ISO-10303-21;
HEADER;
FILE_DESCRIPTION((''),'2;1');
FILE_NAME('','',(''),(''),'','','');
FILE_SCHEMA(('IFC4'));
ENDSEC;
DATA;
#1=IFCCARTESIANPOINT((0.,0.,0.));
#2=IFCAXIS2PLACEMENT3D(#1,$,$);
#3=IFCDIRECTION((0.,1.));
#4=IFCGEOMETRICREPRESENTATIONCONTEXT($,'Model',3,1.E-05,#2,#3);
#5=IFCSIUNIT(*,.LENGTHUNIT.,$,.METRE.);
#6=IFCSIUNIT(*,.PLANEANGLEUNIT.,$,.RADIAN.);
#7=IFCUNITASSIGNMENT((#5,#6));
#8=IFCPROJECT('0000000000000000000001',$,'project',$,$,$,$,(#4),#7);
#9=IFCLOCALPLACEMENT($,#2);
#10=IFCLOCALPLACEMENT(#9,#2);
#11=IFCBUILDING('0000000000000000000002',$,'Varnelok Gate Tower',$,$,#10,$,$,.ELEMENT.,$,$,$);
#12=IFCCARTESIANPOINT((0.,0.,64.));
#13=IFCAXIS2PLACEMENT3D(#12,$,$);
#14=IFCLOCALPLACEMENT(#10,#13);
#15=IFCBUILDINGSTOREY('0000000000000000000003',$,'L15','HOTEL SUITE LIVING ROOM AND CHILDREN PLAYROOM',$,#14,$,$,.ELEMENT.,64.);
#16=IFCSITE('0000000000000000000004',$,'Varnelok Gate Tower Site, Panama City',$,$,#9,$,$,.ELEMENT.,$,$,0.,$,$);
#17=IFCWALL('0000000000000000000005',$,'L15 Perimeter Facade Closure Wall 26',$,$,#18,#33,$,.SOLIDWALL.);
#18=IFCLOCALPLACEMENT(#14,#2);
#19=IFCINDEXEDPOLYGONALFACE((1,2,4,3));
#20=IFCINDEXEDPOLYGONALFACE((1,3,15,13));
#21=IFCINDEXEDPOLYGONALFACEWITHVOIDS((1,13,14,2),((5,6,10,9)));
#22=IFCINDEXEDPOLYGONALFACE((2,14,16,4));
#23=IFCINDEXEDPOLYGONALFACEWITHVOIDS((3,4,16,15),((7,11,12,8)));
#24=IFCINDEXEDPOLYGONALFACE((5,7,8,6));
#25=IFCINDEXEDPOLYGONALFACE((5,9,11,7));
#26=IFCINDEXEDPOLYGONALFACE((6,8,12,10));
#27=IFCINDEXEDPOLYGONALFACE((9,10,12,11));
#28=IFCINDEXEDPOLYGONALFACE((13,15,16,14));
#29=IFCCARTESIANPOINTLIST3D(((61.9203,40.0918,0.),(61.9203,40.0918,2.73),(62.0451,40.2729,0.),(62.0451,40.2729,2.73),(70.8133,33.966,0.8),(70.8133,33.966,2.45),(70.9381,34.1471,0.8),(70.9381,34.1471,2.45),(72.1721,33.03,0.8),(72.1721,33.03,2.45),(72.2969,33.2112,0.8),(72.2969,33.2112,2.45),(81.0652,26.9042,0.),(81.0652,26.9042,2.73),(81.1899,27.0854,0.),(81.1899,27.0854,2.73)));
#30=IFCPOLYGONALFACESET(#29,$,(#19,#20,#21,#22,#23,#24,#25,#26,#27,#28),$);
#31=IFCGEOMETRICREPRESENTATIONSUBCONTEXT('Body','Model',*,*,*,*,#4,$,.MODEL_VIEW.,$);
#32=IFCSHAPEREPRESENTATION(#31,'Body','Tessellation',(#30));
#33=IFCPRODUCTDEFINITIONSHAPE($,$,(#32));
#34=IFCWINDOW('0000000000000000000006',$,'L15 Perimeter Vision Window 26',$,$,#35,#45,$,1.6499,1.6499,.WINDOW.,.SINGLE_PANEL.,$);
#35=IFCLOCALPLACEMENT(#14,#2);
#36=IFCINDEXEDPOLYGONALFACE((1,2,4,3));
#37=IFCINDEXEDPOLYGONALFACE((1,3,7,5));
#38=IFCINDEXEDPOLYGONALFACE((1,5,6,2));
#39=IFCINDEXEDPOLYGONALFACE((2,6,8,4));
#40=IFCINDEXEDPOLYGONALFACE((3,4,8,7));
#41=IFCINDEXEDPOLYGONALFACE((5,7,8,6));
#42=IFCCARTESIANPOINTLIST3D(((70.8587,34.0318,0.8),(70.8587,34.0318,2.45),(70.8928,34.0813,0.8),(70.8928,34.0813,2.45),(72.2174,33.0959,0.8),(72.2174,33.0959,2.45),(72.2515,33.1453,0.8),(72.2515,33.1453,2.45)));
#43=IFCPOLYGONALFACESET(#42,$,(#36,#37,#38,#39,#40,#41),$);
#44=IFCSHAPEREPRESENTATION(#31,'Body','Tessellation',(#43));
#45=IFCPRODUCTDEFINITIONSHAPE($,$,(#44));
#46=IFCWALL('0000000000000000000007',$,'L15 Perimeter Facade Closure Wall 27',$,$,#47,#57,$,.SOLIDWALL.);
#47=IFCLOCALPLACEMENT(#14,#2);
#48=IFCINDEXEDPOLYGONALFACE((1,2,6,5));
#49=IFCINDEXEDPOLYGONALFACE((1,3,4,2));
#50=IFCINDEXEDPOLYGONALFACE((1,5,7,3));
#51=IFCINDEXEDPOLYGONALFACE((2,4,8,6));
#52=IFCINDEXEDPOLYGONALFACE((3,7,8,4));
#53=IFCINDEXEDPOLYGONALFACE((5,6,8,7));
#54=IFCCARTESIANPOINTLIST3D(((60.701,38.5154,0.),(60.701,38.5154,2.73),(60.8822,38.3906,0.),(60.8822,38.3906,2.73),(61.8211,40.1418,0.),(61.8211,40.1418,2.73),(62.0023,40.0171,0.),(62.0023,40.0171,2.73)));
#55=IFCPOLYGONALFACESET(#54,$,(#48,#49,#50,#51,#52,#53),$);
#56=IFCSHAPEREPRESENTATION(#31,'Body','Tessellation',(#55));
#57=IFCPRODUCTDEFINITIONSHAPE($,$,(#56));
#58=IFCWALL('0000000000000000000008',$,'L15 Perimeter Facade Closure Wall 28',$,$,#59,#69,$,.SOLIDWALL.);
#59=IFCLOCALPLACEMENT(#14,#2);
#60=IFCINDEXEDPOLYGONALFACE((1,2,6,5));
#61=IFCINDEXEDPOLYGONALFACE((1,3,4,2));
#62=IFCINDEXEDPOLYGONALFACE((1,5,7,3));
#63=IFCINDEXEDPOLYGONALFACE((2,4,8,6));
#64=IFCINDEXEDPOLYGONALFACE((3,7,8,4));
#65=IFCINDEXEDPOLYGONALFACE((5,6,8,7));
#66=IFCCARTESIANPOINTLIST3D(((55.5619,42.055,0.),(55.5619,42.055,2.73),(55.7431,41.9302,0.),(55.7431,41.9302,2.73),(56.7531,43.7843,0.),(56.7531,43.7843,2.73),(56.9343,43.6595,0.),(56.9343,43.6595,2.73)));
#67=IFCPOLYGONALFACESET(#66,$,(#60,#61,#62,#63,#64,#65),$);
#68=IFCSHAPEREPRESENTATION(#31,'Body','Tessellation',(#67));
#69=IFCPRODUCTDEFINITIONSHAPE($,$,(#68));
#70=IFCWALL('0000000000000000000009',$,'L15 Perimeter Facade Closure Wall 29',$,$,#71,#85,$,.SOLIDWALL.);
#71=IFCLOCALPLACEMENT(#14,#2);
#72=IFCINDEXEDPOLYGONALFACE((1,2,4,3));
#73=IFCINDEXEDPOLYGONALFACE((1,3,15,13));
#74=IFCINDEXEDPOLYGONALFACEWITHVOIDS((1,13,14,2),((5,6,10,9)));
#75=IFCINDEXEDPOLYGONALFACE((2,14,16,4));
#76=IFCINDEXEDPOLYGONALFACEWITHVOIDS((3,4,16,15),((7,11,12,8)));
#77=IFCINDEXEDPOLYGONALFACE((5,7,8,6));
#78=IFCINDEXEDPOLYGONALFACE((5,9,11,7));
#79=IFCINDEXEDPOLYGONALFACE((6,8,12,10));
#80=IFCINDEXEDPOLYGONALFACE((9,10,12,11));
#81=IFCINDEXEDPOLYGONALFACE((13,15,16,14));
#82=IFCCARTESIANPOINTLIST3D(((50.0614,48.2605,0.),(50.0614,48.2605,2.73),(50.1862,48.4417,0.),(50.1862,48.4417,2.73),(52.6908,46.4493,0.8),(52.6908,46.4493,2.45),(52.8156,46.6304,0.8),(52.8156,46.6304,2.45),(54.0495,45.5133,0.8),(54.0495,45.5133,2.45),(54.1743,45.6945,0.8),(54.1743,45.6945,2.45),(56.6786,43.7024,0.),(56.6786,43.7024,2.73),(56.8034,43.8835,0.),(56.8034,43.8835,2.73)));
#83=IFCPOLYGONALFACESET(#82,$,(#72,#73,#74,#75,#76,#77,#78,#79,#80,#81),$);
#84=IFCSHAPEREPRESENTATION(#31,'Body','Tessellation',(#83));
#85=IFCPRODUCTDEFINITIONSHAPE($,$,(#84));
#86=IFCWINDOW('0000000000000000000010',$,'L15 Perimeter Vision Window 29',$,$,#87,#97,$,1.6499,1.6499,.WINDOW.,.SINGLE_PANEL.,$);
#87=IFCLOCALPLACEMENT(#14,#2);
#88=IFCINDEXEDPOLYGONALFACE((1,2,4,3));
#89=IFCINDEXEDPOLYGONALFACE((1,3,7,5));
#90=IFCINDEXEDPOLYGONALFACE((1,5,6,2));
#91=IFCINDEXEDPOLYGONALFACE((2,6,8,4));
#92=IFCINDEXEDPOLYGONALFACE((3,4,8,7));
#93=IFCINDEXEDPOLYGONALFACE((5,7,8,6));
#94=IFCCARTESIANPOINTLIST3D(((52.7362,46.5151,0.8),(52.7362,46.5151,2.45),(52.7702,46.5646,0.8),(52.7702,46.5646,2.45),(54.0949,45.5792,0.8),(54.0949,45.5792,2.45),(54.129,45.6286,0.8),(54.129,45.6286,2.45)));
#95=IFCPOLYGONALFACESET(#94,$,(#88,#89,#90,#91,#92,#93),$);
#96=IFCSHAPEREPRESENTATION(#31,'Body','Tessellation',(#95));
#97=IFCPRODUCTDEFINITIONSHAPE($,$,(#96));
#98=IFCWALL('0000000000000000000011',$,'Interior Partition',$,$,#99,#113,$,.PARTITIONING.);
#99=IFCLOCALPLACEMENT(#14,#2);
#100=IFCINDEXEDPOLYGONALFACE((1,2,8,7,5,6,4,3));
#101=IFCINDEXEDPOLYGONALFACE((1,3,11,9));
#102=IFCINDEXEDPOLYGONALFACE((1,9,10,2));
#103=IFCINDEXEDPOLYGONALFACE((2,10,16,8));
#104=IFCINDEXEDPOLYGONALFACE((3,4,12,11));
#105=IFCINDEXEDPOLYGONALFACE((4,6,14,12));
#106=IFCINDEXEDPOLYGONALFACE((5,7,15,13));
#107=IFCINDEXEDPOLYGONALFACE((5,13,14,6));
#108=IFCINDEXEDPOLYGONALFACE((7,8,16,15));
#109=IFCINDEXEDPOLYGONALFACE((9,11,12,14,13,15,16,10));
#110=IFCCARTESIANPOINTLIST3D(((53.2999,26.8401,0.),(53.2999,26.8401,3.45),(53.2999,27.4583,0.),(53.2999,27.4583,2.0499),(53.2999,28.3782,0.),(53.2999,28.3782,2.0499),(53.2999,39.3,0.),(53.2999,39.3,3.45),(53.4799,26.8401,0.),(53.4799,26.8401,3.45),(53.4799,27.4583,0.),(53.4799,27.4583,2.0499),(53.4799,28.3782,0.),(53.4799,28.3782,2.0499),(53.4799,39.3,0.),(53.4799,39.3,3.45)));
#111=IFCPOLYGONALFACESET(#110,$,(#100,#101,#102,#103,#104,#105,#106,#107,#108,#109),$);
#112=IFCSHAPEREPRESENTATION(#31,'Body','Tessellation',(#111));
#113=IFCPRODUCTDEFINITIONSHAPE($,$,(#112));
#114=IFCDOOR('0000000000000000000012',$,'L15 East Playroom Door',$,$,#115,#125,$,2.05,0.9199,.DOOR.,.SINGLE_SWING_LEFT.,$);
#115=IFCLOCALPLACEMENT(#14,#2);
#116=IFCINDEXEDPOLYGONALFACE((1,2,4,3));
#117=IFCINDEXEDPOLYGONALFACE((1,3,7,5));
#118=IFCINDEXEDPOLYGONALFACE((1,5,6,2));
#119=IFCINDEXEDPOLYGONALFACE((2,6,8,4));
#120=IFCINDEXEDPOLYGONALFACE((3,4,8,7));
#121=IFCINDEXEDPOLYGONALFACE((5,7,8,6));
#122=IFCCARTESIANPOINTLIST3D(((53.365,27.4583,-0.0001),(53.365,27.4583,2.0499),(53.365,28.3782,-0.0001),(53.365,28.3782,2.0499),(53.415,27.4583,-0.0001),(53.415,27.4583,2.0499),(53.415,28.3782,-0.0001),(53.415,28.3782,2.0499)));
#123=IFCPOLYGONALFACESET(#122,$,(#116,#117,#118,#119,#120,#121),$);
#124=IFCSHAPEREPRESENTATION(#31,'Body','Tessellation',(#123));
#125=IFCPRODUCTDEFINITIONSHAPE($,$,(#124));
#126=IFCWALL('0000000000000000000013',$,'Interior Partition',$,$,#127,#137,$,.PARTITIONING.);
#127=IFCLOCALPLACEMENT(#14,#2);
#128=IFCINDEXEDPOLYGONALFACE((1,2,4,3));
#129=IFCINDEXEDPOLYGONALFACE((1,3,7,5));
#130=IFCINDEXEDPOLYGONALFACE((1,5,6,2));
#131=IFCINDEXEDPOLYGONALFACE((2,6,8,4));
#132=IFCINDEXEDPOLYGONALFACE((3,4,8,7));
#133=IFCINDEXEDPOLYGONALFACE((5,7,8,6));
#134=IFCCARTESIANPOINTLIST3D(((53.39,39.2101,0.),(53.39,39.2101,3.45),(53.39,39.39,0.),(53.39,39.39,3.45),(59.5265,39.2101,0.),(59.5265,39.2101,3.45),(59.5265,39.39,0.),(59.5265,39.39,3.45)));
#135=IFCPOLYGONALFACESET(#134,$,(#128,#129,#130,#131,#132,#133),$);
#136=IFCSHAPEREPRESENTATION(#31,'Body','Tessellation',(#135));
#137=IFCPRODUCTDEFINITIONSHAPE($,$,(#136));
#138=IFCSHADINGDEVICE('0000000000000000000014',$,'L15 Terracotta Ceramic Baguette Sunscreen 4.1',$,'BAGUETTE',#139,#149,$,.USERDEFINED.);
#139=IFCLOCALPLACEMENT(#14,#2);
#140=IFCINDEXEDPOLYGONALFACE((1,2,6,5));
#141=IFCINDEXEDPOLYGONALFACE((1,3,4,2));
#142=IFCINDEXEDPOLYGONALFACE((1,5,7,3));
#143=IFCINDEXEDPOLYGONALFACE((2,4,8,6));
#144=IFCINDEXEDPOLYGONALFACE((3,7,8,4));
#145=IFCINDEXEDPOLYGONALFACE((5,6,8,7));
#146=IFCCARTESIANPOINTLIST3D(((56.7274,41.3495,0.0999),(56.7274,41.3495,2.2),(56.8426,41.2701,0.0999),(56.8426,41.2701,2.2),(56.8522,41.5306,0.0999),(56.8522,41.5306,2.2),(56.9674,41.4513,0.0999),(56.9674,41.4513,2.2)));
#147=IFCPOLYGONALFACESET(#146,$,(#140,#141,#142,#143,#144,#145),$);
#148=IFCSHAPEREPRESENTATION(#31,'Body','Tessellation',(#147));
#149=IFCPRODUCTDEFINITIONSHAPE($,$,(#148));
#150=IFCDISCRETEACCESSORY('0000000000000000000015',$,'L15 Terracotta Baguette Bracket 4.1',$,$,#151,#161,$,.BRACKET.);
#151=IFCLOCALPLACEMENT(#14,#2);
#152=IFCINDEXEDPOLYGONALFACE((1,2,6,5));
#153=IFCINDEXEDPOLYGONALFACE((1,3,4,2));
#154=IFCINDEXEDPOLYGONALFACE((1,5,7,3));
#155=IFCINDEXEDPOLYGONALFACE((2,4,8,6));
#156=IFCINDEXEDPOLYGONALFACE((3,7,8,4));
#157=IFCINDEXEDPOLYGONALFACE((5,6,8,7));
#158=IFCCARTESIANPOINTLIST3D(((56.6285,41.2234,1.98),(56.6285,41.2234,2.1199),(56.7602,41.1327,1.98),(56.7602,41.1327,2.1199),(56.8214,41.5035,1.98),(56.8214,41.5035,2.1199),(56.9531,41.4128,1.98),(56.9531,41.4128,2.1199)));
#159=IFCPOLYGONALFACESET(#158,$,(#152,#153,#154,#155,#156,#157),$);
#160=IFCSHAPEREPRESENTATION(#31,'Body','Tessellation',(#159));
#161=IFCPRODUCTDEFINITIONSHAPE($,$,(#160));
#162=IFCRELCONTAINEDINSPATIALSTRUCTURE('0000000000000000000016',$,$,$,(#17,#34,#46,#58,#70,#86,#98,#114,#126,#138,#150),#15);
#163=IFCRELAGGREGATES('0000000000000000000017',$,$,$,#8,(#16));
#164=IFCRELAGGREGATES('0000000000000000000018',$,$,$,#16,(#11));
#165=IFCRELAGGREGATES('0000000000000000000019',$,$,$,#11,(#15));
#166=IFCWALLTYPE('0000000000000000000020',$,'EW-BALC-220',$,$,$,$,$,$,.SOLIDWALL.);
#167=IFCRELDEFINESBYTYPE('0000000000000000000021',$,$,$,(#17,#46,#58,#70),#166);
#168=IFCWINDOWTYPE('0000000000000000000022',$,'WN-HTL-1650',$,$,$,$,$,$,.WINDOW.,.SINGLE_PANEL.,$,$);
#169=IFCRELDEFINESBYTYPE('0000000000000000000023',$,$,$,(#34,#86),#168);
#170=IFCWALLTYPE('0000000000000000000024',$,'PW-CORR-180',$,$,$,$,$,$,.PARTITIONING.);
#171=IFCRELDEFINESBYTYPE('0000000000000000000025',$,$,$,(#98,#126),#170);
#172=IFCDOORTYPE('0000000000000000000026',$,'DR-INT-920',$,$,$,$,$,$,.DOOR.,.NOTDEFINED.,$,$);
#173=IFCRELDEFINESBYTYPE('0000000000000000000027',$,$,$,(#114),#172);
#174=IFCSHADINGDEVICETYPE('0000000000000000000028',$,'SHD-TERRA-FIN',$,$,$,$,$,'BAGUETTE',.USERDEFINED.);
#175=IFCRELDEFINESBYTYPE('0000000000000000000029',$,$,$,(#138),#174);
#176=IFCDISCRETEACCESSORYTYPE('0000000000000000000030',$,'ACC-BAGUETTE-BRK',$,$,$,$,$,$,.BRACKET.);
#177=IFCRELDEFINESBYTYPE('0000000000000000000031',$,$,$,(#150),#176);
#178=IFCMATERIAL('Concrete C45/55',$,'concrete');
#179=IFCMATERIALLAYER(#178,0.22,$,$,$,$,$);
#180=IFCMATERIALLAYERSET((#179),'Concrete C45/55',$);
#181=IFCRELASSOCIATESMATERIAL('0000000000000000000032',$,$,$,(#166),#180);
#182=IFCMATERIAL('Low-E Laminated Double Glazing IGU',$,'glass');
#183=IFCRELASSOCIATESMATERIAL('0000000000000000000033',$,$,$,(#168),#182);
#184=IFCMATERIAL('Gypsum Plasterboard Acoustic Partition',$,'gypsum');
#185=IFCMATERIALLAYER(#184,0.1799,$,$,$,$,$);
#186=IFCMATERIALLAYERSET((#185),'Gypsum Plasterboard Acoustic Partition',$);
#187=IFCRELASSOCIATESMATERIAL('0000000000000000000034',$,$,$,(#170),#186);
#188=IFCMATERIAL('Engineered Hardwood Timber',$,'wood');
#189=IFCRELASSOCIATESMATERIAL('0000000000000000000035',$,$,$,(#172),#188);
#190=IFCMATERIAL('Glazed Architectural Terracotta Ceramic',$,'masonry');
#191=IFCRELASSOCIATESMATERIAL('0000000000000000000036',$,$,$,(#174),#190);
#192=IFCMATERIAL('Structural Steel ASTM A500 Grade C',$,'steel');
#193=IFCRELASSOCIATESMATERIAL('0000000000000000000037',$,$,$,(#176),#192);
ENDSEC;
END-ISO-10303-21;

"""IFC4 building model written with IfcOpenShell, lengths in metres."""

from ifc_helpers import new_model, si_unit, direction, frame, frame_2d, origin, origin_2d, place, context, subcontext, project, spatial, rectangle, extrude, source, transform, mapped, material, layer, layer_set, type_object, element, fill, save


model = new_model("IFC4")

# Units and contexts
model_context = context("Model", 3, precision=1e-05, world=origin(), true_north=direction((0.0, 1.0)))
body_context = subcontext(model_context, "Body", "Model", "MODEL_VIEW")
ifc_project = project(units=[si_unit("LENGTHUNIT", "METRE"), si_unit("PLANEANGLEUNIT", "RADIAN")], contexts=[model_context])

# Site, building, storey
site_placement = place(None, origin())
site = spatial("IfcSite", under=ifc_project, at=site_placement, Name="Varnelok Gate Tower Site, Panama City", CompositionType="ELEMENT", RefElevation=0.0)
building_placement = place(site_placement, origin())
building = spatial("IfcBuilding", under=site, at=building_placement, Name="Varnelok Gate Tower", CompositionType="ELEMENT")
storey_placement = place(building_placement, frame((0.0, 0.0, 64.0)))
storey = spatial("IfcBuildingStorey", under=building, at=storey_placement, Name="L15", Description="HOTEL SUITE LIVING ROOM AND CHILDREN PLAYROOM", CompositionType="ELEMENT", Elevation=64.0)

# Shared definitions
ifc_material_1 = material(Name="Concrete C45/55", Category="concrete")
ifc_layer_1 = layer(ifc_material_1, 0.22)
ifc_layer_set_1 = layer_set([ifc_layer_1], Name="Concrete C45/55")
wall_type_1 = type_object("IfcWallType", Name="EW-BALC-220", PredefinedType="SOLIDWALL", material=ifc_layer_set_1)

# Wall, opening, window
wall_1_placement = place(storey_placement, frame((81.1274, 26.9949, 0.0), z_axis=(0.0, 0.0, 1.0), x_axis=(-0.82353, 0.567272, 0.0)))
wall_1 = element("IfcWall", 1, at=wall_1_placement, inside=storey, type_object=wall_type_1, Name="L15 Perimeter Facade Closure Wall 26", PredefinedType="SOLIDWALL", context=body_context, shape_type="SweptSolid", body=[
    extrude(rectangle(XDim=23.2473, YDim=0.22, at=frame_2d((11.6235, 0.0))), origin(), (0.0, 0.0, 1.0), 2.73),
])
opening_1_placement = place(wall_1_placement, frame((10.7986, 0.0, 0.8)))
opening_1 = element("IfcOpeningElement", 2, at=opening_1_placement, cuts=wall_1, PredefinedType="OPENING", context=body_context, shape_type="SweptSolid", body=[
    extrude(rectangle(XDim=1.6499, YDim=1.6499, at=frame_2d((0.825, 0.825))), frame((0.0, 0.1199, 0.0), z_axis=(0.0, -1.0, 0.0), x_axis=(1.0, 0.0, 0.0)), (0.0, 0.0, 1.0), 0.24),
])
ifc_material_2 = material(Name="Low-E Laminated Double Glazing IGU", Category="glass")
window_type = type_object("IfcWindowType", Name="WN-HTL-1650", PartitioningType="SINGLE_PANEL", PredefinedType="WINDOW", material=ifc_material_2)
window_1_placement = place(opening_1_placement, origin())
window_1 = element("IfcWindow", 3, at=window_1_placement, inside=storey, type_object=window_type, Name="L15 Perimeter Vision Window 26", OverallHeight=1.6499, OverallWidth=1.6499, PartitioningType="SINGLE_PANEL", PredefinedType="WINDOW", context=body_context, shape_type="SweptSolid", body=[
    extrude(rectangle(XDim=1.6499, YDim=1.6499, at=frame_2d((0.825, 0.825))), frame((0.0, 0.03, 0.0), z_axis=(0.0, -1.0, 0.0), x_axis=(1.0, 0.0, 0.0)), (0.0, 0.0, 1.0), 0.0601),
])
fill(opening_1, window_1)

# Walls
wall_2_placement = place(storey_placement, frame((61.9116, 40.0793, 0.0), z_axis=(0.0, 0.0, 1.0), x_axis=(-0.56719, -0.823587, 0.0)))
element("IfcWall", 4, at=wall_2_placement, inside=storey, type_object=wall_type_1, Name="L15 Perimeter Facade Closure Wall 27", PredefinedType="SOLIDWALL", context=body_context, shape_type="SweptSolid", body=[
    extrude(rectangle(XDim=1.9749, YDim=0.22, at=frame_2d((0.9873, 0.0))), origin(), (0.0, 0.0, 1.0), 2.73),
])
wall_3_placement = place(storey_placement, frame((55.6526, 41.9927, 0.0), z_axis=(0.0, 0.0, 1.0), x_axis=(0.567274, 0.823529, 0.0)))
element("IfcWall", 5, at=wall_3_placement, inside=storey, type_object=wall_type_1, Name="L15 Perimeter Facade Closure Wall 28", PredefinedType="SOLIDWALL", context=body_context, shape_type="SweptSolid", body=[
    extrude(rectangle(XDim=2.0999, YDim=0.22, at=frame_2d((1.0498, 0.0))), origin(), (0.0, 0.0, 1.0), 2.73),
])

# Wall, opening, window
wall_4_placement = place(storey_placement, frame((56.741, 43.793, 0.0), z_axis=(0.0, 0.0, 1.0), x_axis=(-0.823531, 0.567271, 0.0)))
wall_4 = element("IfcWall", 6, at=wall_4_placement, inside=storey, type_object=wall_type_1, Name="L15 Perimeter Facade Closure Wall 29", PredefinedType="SOLIDWALL", context=body_context, shape_type="SweptSolid", body=[
    extrude(rectangle(XDim=8.0352, YDim=0.22, at=frame_2d((4.0176, 0.0))), origin(), (0.0, 0.0, 1.0), 2.73),
])
opening_2_placement = place(wall_4_placement, frame((3.1924, 0.0, 0.8)))
opening_2 = element("IfcOpeningElement", 7, at=opening_2_placement, cuts=wall_4, PredefinedType="OPENING", context=body_context, shape_type="SweptSolid", body=[
    extrude(rectangle(XDim=1.6499, YDim=1.6499, at=frame_2d((0.825, 0.825))), frame((0.0, 0.1199, 0.0), z_axis=(0.0, -1.0, 0.0), x_axis=(1.0, 0.0, 0.0)), (0.0, 0.0, 1.0), 0.24),
])
window_2_placement = place(opening_2_placement, origin())
window_2 = element("IfcWindow", 8, at=window_2_placement, inside=storey, type_object=window_type, Name="L15 Perimeter Vision Window 29", OverallHeight=1.6499, OverallWidth=1.6499, PartitioningType="SINGLE_PANEL", PredefinedType="WINDOW", context=body_context, shape_type="SweptSolid", body=[
    extrude(rectangle(XDim=1.6499, YDim=1.6499, at=frame_2d((0.825, 0.825))), frame((0.0, 0.03, 0.0), z_axis=(0.0, -1.0, 0.0), x_axis=(1.0, 0.0, 0.0)), (0.0, 0.0, 1.0), 0.0601),
])
fill(opening_2, window_2)

# Wall, opening, door
ifc_material_3 = material(Name="Gypsum Plasterboard Acoustic Partition", Category="gypsum")
ifc_layer_2 = layer(ifc_material_3, 0.1799)
ifc_layer_set_2 = layer_set([ifc_layer_2], Name="Gypsum Plasterboard Acoustic Partition")
wall_type_2 = type_object("IfcWallType", Name="PW-CORR-180", PredefinedType="PARTITIONING", material=ifc_layer_set_2)
wall_5_placement = place(storey_placement, frame((53.3899, 26.8401, 0.0), z_axis=(0.0, 0.0, 1.0), x_axis=(0.0, 1.0, 0.0)))
wall_5 = element("IfcWall", 9, at=wall_5_placement, inside=storey, type_object=wall_type_2, Name="Interior Partition", PredefinedType="PARTITIONING", context=body_context, shape_type="SweptSolid", body=[
    extrude(rectangle(XDim=12.46, YDim=0.1799, at=frame_2d((6.23, 0.0))), origin(), (0.0, 0.0, 1.0), 3.45),
])
opening_3_placement = place(wall_5_placement, frame((0.6182, 0.0, 0.0)))
opening_3 = element("IfcOpeningElement", 10, at=opening_3_placement, cuts=wall_5, PredefinedType="OPENING", context=body_context, shape_type="SweptSolid", body=[
    extrude(rectangle(XDim=0.9199, YDim=2.05, at=frame_2d((0.46, 1.0249))), frame((0.0, 0.0999, 0.0), z_axis=(0.0, -1.0, 0.0), x_axis=(1.0, 0.0, 0.0)), (0.0, 0.0, 1.0), 0.2),
])
ifc_material_4 = material(Name="Engineered Hardwood Timber", Category="wood")
door_type_1 = type_object("IfcDoorType", Name="DR-INT-920", OperationType="NOTDEFINED", PredefinedType="DOOR", material=ifc_material_4)
door_1_placement = place(opening_3_placement, origin())
door_1 = element("IfcDoor", 11, at=door_1_placement, inside=storey, type_object=door_type_1, Name="L15 East Playroom Door", OperationType="SINGLE_SWING_LEFT", OverallHeight=2.05, OverallWidth=0.9199, PredefinedType="DOOR", context=body_context, shape_type="SweptSolid", body=[
    extrude(rectangle(XDim=0.9199, YDim=2.05, at=frame_2d((0.46, 1.0249))), frame((0.0, 0.0249, 0.0), z_axis=(0.0, -1.0, 0.0), x_axis=(1.0, 0.0, 0.0)), (0.0, 0.0, 1.0), 0.05),
])
fill(opening_3, door_1)

# Wall
wall_6_placement = place(storey_placement, frame((53.3899, 39.3, 0.0), z_axis=(0.0, 0.0, 1.0), x_axis=(1.0, 0.0, 0.0)))
element("IfcWall", 12, at=wall_6_placement, inside=storey, type_object=wall_type_2, Name="Interior Partition", PredefinedType="PARTITIONING", context=body_context, shape_type="SweptSolid", body=[
    extrude(rectangle(XDim=6.1365, YDim=0.1799, at=frame_2d((3.0684, 0.0))), origin(), (0.0, 0.0, 1.0), 3.45),
])

# Shading device
ifc_material_5 = material(Name="Glazed Architectural Terracotta Ceramic", Category="masonry")
shading_device_type = type_object("IfcShadingDeviceType", Name="SHD-TERRA-FIN", ElementType="BAGUETTE", PredefinedType="USERDEFINED", material=ifc_material_5)
shared_shape_1 = source(origin(), body_context, "Body", "SweptSolid", [
    extrude(rectangle(XDim=0.1399, YDim=0.22, at=origin_2d()), origin(), (0.0, 0.0, 1.0), 2.1001),
])
shading_device_placement = place(storey_placement, frame((56.8474, 41.4004, 0.0999), z_axis=(0.0, 0.0, 1.0), x_axis=(0.823533, -0.567269, 0.0)))
element("IfcShadingDevice", 13, at=shading_device_placement, inside=storey, type_object=shading_device_type, Name="L15 Terracotta Ceramic Baguette Sunscreen 4.1", ObjectType="BAGUETTE", PredefinedType="USERDEFINED", context=body_context, shape_type="MappedRepresentation", body=[
    mapped(shared_shape_1, transform((0.0, 0.0, 0.0), scale=1.0)),
])

# Discrete accessory
ifc_material_6 = material(Name="Structural Steel ASTM A500 Grade C", Category="steel")
discrete_accessory_type = type_object("IfcDiscreteAccessoryType", Name="ACC-BAGUETTE-BRK", PredefinedType="BRACKET", material=ifc_material_6)
shared_shape_2 = source(origin(), body_context, "Body", "SweptSolid", [
    extrude(rectangle(XDim=0.1599, YDim=0.3401, at=origin_2d()), origin(), (0.0, 0.0, 1.0), 0.1399),
])
discrete_accessory_placement = place(storey_placement, frame((56.7908, 41.3181, 1.98), z_axis=(0.0, 0.0, 1.0), x_axis=(0.823533, -0.567269, 0.0)))
element("IfcDiscreteAccessory", 14, at=discrete_accessory_placement, inside=storey, type_object=discrete_accessory_type, Name="L15 Terracotta Baguette Bracket 4.1", PredefinedType="BRACKET", context=body_context, shape_type="MappedRepresentation", body=[
    mapped(shared_shape_2, transform((0.0, 0.0, 0.0), scale=1.0)),
])

save(model, "model.ifc")
